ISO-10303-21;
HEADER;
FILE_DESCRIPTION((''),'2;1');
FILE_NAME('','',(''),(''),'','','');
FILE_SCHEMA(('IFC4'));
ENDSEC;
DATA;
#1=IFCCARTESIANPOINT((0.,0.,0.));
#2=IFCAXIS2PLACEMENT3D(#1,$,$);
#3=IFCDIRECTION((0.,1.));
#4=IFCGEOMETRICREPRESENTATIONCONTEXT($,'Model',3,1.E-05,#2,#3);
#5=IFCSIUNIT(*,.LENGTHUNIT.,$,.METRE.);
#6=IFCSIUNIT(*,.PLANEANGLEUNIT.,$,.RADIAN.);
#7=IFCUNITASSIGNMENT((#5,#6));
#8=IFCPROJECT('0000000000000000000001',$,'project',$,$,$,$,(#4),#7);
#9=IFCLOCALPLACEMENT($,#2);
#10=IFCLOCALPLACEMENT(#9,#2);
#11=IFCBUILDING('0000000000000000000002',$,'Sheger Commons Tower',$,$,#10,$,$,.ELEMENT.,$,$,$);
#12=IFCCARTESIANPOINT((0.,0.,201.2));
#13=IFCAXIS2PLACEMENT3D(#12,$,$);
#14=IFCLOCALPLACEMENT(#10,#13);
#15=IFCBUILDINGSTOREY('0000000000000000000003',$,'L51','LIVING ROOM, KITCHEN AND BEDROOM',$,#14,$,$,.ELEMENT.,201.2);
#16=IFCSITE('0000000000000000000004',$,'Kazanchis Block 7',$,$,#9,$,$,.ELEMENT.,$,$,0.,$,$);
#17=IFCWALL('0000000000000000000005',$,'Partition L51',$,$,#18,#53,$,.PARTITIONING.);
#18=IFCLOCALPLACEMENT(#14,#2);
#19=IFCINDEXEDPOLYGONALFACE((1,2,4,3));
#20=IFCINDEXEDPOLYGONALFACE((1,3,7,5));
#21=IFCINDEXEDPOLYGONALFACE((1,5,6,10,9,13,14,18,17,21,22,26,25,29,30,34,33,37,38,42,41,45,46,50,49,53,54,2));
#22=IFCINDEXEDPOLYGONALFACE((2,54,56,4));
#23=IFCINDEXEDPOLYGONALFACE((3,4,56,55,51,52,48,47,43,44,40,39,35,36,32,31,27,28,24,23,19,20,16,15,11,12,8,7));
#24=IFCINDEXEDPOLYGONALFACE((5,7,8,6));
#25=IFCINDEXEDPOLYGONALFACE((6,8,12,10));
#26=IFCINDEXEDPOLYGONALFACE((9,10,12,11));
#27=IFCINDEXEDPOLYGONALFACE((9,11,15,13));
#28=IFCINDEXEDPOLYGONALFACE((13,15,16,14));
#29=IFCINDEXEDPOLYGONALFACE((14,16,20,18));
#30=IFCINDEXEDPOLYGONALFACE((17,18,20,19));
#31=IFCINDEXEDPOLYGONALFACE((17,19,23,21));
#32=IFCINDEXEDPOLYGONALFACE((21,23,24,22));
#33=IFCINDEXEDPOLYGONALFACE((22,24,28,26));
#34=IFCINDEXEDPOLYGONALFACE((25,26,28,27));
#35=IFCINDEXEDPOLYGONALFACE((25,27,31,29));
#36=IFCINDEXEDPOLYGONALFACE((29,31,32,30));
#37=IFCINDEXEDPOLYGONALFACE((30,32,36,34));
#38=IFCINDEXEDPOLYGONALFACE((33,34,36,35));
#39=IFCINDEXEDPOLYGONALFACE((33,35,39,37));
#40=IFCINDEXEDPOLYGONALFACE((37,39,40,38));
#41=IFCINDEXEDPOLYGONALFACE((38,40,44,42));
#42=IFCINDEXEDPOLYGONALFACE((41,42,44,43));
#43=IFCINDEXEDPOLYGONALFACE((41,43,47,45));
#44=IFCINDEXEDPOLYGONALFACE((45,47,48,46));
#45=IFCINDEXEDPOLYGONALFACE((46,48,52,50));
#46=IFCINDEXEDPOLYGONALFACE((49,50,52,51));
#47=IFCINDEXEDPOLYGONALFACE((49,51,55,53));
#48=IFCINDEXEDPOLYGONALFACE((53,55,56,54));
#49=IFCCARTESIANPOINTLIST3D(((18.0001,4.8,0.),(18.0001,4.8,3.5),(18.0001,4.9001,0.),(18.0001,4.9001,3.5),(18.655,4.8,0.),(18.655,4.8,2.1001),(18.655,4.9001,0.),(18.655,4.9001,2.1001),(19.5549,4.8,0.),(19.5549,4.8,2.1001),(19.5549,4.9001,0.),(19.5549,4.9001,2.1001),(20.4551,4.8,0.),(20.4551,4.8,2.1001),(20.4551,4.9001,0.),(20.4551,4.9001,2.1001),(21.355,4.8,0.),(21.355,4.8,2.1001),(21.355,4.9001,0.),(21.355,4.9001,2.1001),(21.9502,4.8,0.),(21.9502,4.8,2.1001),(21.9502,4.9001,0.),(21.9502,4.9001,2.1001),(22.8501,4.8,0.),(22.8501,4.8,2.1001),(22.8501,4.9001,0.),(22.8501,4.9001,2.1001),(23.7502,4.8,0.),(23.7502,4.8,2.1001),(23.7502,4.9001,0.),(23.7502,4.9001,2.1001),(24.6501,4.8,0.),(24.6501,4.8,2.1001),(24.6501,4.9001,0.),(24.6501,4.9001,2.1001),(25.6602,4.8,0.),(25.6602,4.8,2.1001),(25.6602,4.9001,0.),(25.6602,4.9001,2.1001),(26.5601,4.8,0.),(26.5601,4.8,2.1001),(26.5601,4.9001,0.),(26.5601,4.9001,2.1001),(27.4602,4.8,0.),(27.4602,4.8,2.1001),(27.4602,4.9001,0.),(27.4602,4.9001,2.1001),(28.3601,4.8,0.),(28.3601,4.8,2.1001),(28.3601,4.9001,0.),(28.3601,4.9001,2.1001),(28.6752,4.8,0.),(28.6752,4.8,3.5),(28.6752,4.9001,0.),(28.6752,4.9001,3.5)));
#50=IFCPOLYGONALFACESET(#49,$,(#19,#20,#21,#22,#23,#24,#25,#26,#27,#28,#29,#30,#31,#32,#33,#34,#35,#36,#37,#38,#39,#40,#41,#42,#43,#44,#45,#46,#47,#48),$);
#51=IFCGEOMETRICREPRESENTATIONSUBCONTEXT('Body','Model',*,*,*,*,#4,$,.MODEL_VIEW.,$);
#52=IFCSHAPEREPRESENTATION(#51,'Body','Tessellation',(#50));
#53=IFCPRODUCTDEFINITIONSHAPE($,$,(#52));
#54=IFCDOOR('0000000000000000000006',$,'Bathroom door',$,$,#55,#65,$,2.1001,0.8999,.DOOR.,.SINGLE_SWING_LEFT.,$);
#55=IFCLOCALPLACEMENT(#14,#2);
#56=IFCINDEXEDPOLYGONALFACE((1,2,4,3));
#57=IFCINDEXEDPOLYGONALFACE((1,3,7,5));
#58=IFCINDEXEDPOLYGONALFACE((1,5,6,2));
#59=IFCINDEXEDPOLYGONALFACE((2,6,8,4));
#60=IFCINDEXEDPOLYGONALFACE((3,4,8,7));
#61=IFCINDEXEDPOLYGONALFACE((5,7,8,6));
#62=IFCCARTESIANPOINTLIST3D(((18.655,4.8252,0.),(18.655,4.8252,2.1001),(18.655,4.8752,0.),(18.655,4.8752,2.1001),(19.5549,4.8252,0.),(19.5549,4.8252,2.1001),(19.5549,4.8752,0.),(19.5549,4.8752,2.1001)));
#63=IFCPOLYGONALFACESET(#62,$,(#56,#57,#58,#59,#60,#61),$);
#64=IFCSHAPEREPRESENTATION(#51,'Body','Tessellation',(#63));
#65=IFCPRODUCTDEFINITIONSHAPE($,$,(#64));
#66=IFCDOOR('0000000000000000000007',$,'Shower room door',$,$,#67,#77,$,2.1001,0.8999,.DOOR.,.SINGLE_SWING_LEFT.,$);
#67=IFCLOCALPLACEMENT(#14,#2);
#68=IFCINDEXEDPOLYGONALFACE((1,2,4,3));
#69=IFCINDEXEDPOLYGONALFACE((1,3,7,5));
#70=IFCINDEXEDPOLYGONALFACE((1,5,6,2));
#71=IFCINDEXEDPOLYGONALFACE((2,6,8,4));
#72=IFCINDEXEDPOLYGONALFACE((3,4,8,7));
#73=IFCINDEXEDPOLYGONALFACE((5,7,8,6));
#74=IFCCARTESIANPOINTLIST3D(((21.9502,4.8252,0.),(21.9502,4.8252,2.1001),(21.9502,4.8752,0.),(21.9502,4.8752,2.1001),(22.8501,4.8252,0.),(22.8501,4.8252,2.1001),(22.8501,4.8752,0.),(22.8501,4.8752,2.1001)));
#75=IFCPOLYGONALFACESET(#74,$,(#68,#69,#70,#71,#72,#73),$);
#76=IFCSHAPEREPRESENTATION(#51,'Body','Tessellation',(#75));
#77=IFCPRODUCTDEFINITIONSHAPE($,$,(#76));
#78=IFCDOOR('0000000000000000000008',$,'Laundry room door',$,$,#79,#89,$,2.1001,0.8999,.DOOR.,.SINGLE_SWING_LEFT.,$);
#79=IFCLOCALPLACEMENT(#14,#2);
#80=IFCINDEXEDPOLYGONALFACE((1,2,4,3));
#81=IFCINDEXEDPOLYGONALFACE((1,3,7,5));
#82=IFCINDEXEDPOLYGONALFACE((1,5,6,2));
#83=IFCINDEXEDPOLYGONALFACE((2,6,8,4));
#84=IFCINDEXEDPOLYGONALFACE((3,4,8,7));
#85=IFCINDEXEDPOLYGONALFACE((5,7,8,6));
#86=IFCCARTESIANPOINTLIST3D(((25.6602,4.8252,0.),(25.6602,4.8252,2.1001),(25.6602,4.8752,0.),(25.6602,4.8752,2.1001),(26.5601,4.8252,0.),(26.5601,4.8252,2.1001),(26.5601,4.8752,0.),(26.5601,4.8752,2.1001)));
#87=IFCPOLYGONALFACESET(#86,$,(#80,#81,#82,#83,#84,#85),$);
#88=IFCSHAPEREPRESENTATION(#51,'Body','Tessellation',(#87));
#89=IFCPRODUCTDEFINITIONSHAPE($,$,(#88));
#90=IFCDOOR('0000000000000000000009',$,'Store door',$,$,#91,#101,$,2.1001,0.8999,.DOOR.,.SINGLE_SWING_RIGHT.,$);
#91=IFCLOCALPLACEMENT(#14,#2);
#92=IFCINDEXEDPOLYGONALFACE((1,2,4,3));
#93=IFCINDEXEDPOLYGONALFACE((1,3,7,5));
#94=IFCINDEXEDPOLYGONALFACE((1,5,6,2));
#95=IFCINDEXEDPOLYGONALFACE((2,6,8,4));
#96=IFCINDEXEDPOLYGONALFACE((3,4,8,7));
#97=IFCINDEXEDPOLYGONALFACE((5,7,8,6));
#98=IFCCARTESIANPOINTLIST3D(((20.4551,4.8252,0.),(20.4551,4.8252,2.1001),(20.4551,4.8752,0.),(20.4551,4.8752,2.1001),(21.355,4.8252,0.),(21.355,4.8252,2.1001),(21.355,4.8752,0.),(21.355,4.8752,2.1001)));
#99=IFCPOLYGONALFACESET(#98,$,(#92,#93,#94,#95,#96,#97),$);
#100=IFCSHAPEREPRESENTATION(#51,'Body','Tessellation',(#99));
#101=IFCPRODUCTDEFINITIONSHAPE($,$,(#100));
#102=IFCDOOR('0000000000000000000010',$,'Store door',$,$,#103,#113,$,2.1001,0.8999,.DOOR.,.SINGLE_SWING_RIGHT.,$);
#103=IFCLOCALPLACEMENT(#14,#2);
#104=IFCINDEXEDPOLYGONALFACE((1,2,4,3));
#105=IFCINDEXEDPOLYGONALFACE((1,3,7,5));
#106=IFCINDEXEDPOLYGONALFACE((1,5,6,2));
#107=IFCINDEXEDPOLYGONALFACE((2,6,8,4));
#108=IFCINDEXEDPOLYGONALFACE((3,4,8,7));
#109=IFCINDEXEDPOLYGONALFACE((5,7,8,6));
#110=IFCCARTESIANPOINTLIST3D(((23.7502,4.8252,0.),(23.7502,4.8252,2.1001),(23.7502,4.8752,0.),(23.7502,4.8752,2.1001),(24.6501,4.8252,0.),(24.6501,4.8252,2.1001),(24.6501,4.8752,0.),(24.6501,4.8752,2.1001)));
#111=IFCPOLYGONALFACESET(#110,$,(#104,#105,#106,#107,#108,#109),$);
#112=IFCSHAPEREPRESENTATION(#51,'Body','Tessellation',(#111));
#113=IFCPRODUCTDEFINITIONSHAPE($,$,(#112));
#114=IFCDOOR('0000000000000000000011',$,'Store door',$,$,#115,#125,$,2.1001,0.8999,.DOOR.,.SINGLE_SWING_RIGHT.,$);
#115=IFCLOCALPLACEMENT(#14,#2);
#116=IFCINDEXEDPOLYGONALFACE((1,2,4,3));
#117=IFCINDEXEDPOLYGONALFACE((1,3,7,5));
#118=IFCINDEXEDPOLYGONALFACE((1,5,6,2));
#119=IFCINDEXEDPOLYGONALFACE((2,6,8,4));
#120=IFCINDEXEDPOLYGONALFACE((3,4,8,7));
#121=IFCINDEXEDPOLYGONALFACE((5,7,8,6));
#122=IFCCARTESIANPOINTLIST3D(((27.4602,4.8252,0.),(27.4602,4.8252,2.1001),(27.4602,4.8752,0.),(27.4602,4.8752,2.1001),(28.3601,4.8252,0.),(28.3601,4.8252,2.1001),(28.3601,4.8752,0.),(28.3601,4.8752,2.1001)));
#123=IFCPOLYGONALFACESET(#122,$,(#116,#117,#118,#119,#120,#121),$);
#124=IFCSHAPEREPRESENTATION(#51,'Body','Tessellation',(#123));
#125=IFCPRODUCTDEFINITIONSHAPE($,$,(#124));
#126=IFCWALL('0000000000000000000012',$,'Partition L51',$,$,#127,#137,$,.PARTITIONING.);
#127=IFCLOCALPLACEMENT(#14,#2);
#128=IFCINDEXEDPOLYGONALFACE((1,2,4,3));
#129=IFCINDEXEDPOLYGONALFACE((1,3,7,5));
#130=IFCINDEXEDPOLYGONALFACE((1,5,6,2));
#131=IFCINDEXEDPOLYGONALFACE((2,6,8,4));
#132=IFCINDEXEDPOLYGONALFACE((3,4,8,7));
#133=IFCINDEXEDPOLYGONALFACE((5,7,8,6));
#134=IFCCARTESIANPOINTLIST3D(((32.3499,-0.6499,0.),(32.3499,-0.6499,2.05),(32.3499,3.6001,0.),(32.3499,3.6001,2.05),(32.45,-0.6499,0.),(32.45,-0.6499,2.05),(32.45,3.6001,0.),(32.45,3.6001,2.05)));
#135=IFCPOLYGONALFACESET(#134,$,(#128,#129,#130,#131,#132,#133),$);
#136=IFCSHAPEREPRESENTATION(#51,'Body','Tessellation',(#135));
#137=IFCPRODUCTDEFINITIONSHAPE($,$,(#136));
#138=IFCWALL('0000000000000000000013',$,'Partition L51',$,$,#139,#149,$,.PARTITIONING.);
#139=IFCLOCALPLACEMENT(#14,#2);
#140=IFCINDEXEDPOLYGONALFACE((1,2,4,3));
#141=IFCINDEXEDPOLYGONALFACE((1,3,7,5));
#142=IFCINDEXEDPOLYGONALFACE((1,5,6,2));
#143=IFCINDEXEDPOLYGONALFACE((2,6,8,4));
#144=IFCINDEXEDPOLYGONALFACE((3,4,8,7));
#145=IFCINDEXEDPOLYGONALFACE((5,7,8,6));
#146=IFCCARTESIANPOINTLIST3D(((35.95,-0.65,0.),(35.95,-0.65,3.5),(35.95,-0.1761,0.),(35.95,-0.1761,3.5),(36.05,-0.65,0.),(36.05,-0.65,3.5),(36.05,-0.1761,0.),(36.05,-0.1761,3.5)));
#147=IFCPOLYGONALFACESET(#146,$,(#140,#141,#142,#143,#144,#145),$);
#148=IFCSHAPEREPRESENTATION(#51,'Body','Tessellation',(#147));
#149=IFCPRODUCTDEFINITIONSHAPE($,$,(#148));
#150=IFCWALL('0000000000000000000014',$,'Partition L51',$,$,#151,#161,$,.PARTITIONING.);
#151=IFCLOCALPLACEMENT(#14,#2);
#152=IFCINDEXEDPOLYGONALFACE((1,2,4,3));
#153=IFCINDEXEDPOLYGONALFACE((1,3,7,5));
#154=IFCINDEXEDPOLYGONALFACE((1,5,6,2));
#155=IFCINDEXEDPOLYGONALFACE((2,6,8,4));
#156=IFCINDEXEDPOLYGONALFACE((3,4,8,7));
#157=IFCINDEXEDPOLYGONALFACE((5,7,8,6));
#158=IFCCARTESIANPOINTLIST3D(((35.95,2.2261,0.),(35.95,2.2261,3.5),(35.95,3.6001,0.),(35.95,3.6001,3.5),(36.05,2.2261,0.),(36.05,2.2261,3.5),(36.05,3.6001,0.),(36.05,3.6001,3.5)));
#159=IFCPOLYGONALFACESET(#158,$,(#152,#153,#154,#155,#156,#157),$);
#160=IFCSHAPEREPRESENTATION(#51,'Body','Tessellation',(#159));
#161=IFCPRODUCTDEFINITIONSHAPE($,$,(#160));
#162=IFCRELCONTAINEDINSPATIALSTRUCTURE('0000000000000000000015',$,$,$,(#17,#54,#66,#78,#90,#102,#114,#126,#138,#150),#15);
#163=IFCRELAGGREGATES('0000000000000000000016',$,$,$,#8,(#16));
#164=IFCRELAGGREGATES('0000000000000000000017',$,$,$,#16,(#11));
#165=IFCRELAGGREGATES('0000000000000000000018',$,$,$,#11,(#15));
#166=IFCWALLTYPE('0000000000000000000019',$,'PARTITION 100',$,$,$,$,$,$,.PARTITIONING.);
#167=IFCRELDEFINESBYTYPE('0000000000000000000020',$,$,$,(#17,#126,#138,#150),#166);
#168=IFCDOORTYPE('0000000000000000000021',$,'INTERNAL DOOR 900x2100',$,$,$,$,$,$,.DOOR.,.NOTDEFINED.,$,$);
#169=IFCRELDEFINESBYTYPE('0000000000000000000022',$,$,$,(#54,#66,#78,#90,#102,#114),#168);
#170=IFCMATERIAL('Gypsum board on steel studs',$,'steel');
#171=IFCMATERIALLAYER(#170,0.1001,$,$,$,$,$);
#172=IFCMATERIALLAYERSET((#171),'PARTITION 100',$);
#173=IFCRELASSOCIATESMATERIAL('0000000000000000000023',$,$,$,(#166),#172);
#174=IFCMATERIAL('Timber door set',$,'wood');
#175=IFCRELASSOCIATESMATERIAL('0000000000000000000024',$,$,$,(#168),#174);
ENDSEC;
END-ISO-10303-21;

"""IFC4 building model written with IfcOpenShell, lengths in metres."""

from ifc_helpers import new_model, si_unit, direction, frame, frame_2d, origin, place, context, subcontext, project, spatial, rectangle, extrude, material, layer, layer_set, type_object, element, fill, save


model = new_model("IFC4")

# Units and contexts
model_context = context("Model", 3, precision=1e-05, world=origin(), true_north=direction((0.0, 1.0)))
body_context = subcontext(model_context, "Body", "Model", "MODEL_VIEW")
ifc_project = project(units=[si_unit("LENGTHUNIT", "METRE"), si_unit("PLANEANGLEUNIT", "RADIAN")], contexts=[model_context])

# Site, building, storey
site_placement = place(None, origin())
site = spatial("IfcSite", under=ifc_project, at=site_placement, Name="Kazanchis Block 7", CompositionType="ELEMENT", RefElevation=0.0)
building_placement = place(site_placement, origin())
building = spatial("IfcBuilding", under=site, at=building_placement, Name="Sheger Commons Tower", CompositionType="ELEMENT")
storey_placement = place(building_placement, frame((0.0, 0.0, 201.2)))
storey = spatial("IfcBuildingStorey", under=building, at=storey_placement, Name="L51", Description="LIVING ROOM, KITCHEN AND BEDROOM", CompositionType="ELEMENT", Elevation=201.2)

# Wall, openings, doors
ifc_material_1 = material(Name="Gypsum board on steel studs", Category="steel")
ifc_layer_1 = layer(ifc_material_1, 0.1001)
ifc_layer_set_1 = layer_set([ifc_layer_1], Name="PARTITION 100")
wall_type_1 = type_object("IfcWallType", Name="PARTITION 100", PredefinedType="PARTITIONING", material=ifc_layer_set_1)
ifc_material_2 = material(Name="Timber door set", Category="wood")
door_type = type_object("IfcDoorType", Name="INTERNAL DOOR 900x2100", OperationType="NOTDEFINED", PredefinedType="DOOR", material=ifc_material_2)
wall_1_placement = place(storey_placement, frame((28.675, 4.8501, 0.0), z_axis=(0.0, 0.0, 1.0), x_axis=(-1.0, 0.0, 0.0)))
wall_1 = element("IfcWall", 1, at=wall_1_placement, inside=storey, type_object=wall_type_1, Name="Partition L51", PredefinedType="PARTITIONING", context=body_context, shape_type="SweptSolid", body=[
    extrude(rectangle(XDim=10.675, YDim=0.1001, at=frame_2d((5.3374, 0.0))), origin(), (0.0, 0.0, 1.0), 3.5),
])
opening_1_placement = place(wall_1_placement, frame((9.1201, 0.0, 0.0)))
opening_1 = element("IfcOpeningElement", 2, at=opening_1_placement, cuts=wall_1, PredefinedType="OPENING", context=body_context, shape_type="SweptSolid", body=[
    extrude(rectangle(XDim=0.8999, YDim=2.1001, at=frame_2d((0.45, 1.05))), frame((0.0, 0.0601, 0.0), z_axis=(0.0, -1.0, 0.0), x_axis=(1.0, 0.0, 0.0)), (0.0, 0.0, 1.0), 0.1201),
])
opening_2_placement = place(wall_1_placement, frame((5.825, 0.0, 0.0)))
opening_2 = element("IfcOpeningElement", 3, at=opening_2_placement, cuts=wall_1, PredefinedType="OPENING", context=body_context, shape_type="SweptSolid", body=[
    extrude(rectangle(XDim=0.8999, YDim=2.1001, at=frame_2d((0.45, 1.05))), frame((0.0, 0.0601, 0.0), z_axis=(0.0, -1.0, 0.0), x_axis=(1.0, 0.0, 0.0)), (0.0, 0.0, 1.0), 0.1201),
])
opening_3_placement = place(wall_1_placement, frame((2.115, 0.0, 0.0)))
opening_3 = element("IfcOpeningElement", 4, at=opening_3_placement, cuts=wall_1, PredefinedType="OPENING", context=body_context, shape_type="SweptSolid", body=[
    extrude(rectangle(XDim=0.8999, YDim=2.1001, at=frame_2d((0.45, 1.05))), frame((0.0, 0.0601, 0.0), z_axis=(0.0, -1.0, 0.0), x_axis=(1.0, 0.0, 0.0)), (0.0, 0.0, 1.0), 0.1201),
])
opening_4_placement = place(wall_1_placement, frame((7.3201, 0.0, 0.0)))
opening_4 = element("IfcOpeningElement", 5, at=opening_4_placement, cuts=wall_1, PredefinedType="OPENING", context=body_context, shape_type="SweptSolid", body=[
    extrude(rectangle(XDim=0.8999, YDim=2.1001, at=frame_2d((0.45, 1.05))), frame((0.0, 0.0601, 0.0), z_axis=(0.0, -1.0, 0.0), x_axis=(1.0, 0.0, 0.0)), (0.0, 0.0, 1.0), 0.1201),
])
opening_5_placement = place(wall_1_placement, frame((4.0249, 0.0, 0.0)))
opening_5 = element("IfcOpeningElement", 6, at=opening_5_placement, cuts=wall_1, PredefinedType="OPENING", context=body_context, shape_type="SweptSolid", body=[
    extrude(rectangle(XDim=0.8999, YDim=2.1001, at=frame_2d((0.45, 1.05))), frame((0.0, 0.0601, 0.0), z_axis=(0.0, -1.0, 0.0), x_axis=(1.0, 0.0, 0.0)), (0.0, 0.0, 1.0), 0.1201),
])
opening_6_placement = place(wall_1_placement, frame((0.3149, 0.0, 0.0)))
opening_6 = element("IfcOpeningElement", 7, at=opening_6_placement, cuts=wall_1, PredefinedType="OPENING", context=body_context, shape_type="SweptSolid", body=[
    extrude(rectangle(XDim=0.8999, YDim=2.1001, at=frame_2d((0.45, 1.05))), frame((0.0, 0.0601, 0.0), z_axis=(0.0, -1.0, 0.0), x_axis=(1.0, 0.0, 0.0)), (0.0, 0.0, 1.0), 0.1201),
])
door_1_placement = place(opening_1_placement, origin())
door_1 = element("IfcDoor", 8, at=door_1_placement, inside=storey, type_object=door_type, Name="Bathroom door", OperationType="SINGLE_SWING_LEFT", OverallHeight=2.1001, OverallWidth=0.8999, PredefinedType="DOOR", context=body_context, shape_type="SweptSolid", body=[
    extrude(rectangle(XDim=0.8999, YDim=2.1001, at=frame_2d((0.45, 1.05))), frame((0.0, 0.0249, 0.0), z_axis=(0.0, -1.0, 0.0), x_axis=(1.0, 0.0, 0.0)), (0.0, 0.0, 1.0), 0.05),
])
fill(opening_1, door_1)
door_2_placement = place(opening_2_placement, origin())
door_2 = element("IfcDoor", 9, at=door_2_placement, inside=storey, type_object=door_type, Name="Shower room door", OperationType="SINGLE_SWING_LEFT", OverallHeight=2.1001, OverallWidth=0.8999, PredefinedType="DOOR", context=body_context, shape_type="SweptSolid", body=[
    extrude(rectangle(XDim=0.8999, YDim=2.1001, at=frame_2d((0.45, 1.05))), frame((0.0, 0.0249, 0.0), z_axis=(0.0, -1.0, 0.0), x_axis=(1.0, 0.0, 0.0)), (0.0, 0.0, 1.0), 0.05),
])
fill(opening_2, door_2)
door_3_placement = place(opening_3_placement, origin())
door_3 = element("IfcDoor", 10, at=door_3_placement, inside=storey, type_object=door_type, Name="Laundry room door", OperationType="SINGLE_SWING_LEFT", OverallHeight=2.1001, OverallWidth=0.8999, PredefinedType="DOOR", context=body_context, shape_type="SweptSolid", body=[
    extrude(rectangle(XDim=0.8999, YDim=2.1001, at=frame_2d((0.45, 1.05))), frame((0.0, 0.0249, 0.0), z_axis=(0.0, -1.0, 0.0), x_axis=(1.0, 0.0, 0.0)), (0.0, 0.0, 1.0), 0.05),
])
fill(opening_3, door_3)
door_4_placement = place(opening_4_placement, origin())
door_4 = element("IfcDoor", 11, at=door_4_placement, inside=storey, type_object=door_type, Name="Store door", OperationType="SINGLE_SWING_RIGHT", OverallHeight=2.1001, OverallWidth=0.8999, PredefinedType="DOOR", context=body_context, shape_type="SweptSolid", body=[
    extrude(rectangle(XDim=0.8999, YDim=2.1001, at=frame_2d((0.45, 1.05))), frame((0.0, 0.0249, 0.0), z_axis=(0.0, -1.0, 0.0), x_axis=(1.0, 0.0, 0.0)), (0.0, 0.0, 1.0), 0.05),
])
fill(opening_4, door_4)
door_5_placement = place(opening_5_placement, origin())
door_5 = element("IfcDoor", 12, at=door_5_placement, inside=storey, type_object=door_type, Name="Store door", OperationType="SINGLE_SWING_RIGHT", OverallHeight=2.1001, OverallWidth=0.8999, PredefinedType="DOOR", context=body_context, shape_type="SweptSolid", body=[
    extrude(rectangle(XDim=0.8999, YDim=2.1001, at=frame_2d((0.45, 1.05))), frame((0.0, 0.0249, 0.0), z_axis=(0.0, -1.0, 0.0), x_axis=(1.0, 0.0, 0.0)), (0.0, 0.0, 1.0), 0.05),
])
fill(opening_5, door_5)
door_6_placement = place(opening_6_placement, origin())
door_6 = element("IfcDoor", 13, at=door_6_placement, inside=storey, type_object=door_type, Name="Store door", OperationType="SINGLE_SWING_RIGHT", OverallHeight=2.1001, OverallWidth=0.8999, PredefinedType="DOOR", context=body_context, shape_type="SweptSolid", body=[
    extrude(rectangle(XDim=0.8999, YDim=2.1001, at=frame_2d((0.45, 1.05))), frame((0.0, 0.0249, 0.0), z_axis=(0.0, -1.0, 0.0), x_axis=(1.0, 0.0, 0.0)), (0.0, 0.0, 1.0), 0.05),
])
fill(opening_6, door_6)

# Walls
wall_2_placement = place(storey_placement, frame((32.3999, -0.6499, 0.0), z_axis=(0.0, 0.0, 1.0), x_axis=(0.0, 1.0, 0.0)))
element("IfcWall", 14, at=wall_2_placement, inside=storey, type_object=wall_type_1, Name="Partition L51", PredefinedType="PARTITIONING", context=body_context, shape_type="SweptSolid", body=[
    extrude(rectangle(XDim=4.25, YDim=0.1001, at=frame_2d((2.125, 0.0))), origin(), (0.0, 0.0, 1.0), 2.05),
])
wall_3_placement = place(storey_placement, frame((36.0, -0.6499, 0.0), z_axis=(0.0, 0.0, 1.0), x_axis=(0.0, 1.0, 0.0)))
element("IfcWall", 15, at=wall_3_placement, inside=storey, type_object=wall_type_1, Name="Partition L51", PredefinedType="PARTITIONING", context=body_context, shape_type="SweptSolid", body=[
    extrude(rectangle(XDim=0.4739, YDim=0.1001, at=frame_2d((0.2368, 0.0))), origin(), (0.0, 0.0, 1.0), 3.5),
])
wall_4_placement = place(storey_placement, frame((36.0, 2.2261, 0.0), z_axis=(0.0, 0.0, 1.0), x_axis=(0.0, 1.0, 0.0)))
element("IfcWall", 16, at=wall_4_placement, inside=storey, type_object=wall_type_1, Name="Partition L51", PredefinedType="PARTITIONING", context=body_context, shape_type="SweptSolid", body=[
    extrude(rectangle(XDim=1.374, YDim=0.1001, at=frame_2d((0.687, 0.0))), origin(), (0.0, 0.0, 1.0), 3.5),
])

save(model, "model.ifc")
